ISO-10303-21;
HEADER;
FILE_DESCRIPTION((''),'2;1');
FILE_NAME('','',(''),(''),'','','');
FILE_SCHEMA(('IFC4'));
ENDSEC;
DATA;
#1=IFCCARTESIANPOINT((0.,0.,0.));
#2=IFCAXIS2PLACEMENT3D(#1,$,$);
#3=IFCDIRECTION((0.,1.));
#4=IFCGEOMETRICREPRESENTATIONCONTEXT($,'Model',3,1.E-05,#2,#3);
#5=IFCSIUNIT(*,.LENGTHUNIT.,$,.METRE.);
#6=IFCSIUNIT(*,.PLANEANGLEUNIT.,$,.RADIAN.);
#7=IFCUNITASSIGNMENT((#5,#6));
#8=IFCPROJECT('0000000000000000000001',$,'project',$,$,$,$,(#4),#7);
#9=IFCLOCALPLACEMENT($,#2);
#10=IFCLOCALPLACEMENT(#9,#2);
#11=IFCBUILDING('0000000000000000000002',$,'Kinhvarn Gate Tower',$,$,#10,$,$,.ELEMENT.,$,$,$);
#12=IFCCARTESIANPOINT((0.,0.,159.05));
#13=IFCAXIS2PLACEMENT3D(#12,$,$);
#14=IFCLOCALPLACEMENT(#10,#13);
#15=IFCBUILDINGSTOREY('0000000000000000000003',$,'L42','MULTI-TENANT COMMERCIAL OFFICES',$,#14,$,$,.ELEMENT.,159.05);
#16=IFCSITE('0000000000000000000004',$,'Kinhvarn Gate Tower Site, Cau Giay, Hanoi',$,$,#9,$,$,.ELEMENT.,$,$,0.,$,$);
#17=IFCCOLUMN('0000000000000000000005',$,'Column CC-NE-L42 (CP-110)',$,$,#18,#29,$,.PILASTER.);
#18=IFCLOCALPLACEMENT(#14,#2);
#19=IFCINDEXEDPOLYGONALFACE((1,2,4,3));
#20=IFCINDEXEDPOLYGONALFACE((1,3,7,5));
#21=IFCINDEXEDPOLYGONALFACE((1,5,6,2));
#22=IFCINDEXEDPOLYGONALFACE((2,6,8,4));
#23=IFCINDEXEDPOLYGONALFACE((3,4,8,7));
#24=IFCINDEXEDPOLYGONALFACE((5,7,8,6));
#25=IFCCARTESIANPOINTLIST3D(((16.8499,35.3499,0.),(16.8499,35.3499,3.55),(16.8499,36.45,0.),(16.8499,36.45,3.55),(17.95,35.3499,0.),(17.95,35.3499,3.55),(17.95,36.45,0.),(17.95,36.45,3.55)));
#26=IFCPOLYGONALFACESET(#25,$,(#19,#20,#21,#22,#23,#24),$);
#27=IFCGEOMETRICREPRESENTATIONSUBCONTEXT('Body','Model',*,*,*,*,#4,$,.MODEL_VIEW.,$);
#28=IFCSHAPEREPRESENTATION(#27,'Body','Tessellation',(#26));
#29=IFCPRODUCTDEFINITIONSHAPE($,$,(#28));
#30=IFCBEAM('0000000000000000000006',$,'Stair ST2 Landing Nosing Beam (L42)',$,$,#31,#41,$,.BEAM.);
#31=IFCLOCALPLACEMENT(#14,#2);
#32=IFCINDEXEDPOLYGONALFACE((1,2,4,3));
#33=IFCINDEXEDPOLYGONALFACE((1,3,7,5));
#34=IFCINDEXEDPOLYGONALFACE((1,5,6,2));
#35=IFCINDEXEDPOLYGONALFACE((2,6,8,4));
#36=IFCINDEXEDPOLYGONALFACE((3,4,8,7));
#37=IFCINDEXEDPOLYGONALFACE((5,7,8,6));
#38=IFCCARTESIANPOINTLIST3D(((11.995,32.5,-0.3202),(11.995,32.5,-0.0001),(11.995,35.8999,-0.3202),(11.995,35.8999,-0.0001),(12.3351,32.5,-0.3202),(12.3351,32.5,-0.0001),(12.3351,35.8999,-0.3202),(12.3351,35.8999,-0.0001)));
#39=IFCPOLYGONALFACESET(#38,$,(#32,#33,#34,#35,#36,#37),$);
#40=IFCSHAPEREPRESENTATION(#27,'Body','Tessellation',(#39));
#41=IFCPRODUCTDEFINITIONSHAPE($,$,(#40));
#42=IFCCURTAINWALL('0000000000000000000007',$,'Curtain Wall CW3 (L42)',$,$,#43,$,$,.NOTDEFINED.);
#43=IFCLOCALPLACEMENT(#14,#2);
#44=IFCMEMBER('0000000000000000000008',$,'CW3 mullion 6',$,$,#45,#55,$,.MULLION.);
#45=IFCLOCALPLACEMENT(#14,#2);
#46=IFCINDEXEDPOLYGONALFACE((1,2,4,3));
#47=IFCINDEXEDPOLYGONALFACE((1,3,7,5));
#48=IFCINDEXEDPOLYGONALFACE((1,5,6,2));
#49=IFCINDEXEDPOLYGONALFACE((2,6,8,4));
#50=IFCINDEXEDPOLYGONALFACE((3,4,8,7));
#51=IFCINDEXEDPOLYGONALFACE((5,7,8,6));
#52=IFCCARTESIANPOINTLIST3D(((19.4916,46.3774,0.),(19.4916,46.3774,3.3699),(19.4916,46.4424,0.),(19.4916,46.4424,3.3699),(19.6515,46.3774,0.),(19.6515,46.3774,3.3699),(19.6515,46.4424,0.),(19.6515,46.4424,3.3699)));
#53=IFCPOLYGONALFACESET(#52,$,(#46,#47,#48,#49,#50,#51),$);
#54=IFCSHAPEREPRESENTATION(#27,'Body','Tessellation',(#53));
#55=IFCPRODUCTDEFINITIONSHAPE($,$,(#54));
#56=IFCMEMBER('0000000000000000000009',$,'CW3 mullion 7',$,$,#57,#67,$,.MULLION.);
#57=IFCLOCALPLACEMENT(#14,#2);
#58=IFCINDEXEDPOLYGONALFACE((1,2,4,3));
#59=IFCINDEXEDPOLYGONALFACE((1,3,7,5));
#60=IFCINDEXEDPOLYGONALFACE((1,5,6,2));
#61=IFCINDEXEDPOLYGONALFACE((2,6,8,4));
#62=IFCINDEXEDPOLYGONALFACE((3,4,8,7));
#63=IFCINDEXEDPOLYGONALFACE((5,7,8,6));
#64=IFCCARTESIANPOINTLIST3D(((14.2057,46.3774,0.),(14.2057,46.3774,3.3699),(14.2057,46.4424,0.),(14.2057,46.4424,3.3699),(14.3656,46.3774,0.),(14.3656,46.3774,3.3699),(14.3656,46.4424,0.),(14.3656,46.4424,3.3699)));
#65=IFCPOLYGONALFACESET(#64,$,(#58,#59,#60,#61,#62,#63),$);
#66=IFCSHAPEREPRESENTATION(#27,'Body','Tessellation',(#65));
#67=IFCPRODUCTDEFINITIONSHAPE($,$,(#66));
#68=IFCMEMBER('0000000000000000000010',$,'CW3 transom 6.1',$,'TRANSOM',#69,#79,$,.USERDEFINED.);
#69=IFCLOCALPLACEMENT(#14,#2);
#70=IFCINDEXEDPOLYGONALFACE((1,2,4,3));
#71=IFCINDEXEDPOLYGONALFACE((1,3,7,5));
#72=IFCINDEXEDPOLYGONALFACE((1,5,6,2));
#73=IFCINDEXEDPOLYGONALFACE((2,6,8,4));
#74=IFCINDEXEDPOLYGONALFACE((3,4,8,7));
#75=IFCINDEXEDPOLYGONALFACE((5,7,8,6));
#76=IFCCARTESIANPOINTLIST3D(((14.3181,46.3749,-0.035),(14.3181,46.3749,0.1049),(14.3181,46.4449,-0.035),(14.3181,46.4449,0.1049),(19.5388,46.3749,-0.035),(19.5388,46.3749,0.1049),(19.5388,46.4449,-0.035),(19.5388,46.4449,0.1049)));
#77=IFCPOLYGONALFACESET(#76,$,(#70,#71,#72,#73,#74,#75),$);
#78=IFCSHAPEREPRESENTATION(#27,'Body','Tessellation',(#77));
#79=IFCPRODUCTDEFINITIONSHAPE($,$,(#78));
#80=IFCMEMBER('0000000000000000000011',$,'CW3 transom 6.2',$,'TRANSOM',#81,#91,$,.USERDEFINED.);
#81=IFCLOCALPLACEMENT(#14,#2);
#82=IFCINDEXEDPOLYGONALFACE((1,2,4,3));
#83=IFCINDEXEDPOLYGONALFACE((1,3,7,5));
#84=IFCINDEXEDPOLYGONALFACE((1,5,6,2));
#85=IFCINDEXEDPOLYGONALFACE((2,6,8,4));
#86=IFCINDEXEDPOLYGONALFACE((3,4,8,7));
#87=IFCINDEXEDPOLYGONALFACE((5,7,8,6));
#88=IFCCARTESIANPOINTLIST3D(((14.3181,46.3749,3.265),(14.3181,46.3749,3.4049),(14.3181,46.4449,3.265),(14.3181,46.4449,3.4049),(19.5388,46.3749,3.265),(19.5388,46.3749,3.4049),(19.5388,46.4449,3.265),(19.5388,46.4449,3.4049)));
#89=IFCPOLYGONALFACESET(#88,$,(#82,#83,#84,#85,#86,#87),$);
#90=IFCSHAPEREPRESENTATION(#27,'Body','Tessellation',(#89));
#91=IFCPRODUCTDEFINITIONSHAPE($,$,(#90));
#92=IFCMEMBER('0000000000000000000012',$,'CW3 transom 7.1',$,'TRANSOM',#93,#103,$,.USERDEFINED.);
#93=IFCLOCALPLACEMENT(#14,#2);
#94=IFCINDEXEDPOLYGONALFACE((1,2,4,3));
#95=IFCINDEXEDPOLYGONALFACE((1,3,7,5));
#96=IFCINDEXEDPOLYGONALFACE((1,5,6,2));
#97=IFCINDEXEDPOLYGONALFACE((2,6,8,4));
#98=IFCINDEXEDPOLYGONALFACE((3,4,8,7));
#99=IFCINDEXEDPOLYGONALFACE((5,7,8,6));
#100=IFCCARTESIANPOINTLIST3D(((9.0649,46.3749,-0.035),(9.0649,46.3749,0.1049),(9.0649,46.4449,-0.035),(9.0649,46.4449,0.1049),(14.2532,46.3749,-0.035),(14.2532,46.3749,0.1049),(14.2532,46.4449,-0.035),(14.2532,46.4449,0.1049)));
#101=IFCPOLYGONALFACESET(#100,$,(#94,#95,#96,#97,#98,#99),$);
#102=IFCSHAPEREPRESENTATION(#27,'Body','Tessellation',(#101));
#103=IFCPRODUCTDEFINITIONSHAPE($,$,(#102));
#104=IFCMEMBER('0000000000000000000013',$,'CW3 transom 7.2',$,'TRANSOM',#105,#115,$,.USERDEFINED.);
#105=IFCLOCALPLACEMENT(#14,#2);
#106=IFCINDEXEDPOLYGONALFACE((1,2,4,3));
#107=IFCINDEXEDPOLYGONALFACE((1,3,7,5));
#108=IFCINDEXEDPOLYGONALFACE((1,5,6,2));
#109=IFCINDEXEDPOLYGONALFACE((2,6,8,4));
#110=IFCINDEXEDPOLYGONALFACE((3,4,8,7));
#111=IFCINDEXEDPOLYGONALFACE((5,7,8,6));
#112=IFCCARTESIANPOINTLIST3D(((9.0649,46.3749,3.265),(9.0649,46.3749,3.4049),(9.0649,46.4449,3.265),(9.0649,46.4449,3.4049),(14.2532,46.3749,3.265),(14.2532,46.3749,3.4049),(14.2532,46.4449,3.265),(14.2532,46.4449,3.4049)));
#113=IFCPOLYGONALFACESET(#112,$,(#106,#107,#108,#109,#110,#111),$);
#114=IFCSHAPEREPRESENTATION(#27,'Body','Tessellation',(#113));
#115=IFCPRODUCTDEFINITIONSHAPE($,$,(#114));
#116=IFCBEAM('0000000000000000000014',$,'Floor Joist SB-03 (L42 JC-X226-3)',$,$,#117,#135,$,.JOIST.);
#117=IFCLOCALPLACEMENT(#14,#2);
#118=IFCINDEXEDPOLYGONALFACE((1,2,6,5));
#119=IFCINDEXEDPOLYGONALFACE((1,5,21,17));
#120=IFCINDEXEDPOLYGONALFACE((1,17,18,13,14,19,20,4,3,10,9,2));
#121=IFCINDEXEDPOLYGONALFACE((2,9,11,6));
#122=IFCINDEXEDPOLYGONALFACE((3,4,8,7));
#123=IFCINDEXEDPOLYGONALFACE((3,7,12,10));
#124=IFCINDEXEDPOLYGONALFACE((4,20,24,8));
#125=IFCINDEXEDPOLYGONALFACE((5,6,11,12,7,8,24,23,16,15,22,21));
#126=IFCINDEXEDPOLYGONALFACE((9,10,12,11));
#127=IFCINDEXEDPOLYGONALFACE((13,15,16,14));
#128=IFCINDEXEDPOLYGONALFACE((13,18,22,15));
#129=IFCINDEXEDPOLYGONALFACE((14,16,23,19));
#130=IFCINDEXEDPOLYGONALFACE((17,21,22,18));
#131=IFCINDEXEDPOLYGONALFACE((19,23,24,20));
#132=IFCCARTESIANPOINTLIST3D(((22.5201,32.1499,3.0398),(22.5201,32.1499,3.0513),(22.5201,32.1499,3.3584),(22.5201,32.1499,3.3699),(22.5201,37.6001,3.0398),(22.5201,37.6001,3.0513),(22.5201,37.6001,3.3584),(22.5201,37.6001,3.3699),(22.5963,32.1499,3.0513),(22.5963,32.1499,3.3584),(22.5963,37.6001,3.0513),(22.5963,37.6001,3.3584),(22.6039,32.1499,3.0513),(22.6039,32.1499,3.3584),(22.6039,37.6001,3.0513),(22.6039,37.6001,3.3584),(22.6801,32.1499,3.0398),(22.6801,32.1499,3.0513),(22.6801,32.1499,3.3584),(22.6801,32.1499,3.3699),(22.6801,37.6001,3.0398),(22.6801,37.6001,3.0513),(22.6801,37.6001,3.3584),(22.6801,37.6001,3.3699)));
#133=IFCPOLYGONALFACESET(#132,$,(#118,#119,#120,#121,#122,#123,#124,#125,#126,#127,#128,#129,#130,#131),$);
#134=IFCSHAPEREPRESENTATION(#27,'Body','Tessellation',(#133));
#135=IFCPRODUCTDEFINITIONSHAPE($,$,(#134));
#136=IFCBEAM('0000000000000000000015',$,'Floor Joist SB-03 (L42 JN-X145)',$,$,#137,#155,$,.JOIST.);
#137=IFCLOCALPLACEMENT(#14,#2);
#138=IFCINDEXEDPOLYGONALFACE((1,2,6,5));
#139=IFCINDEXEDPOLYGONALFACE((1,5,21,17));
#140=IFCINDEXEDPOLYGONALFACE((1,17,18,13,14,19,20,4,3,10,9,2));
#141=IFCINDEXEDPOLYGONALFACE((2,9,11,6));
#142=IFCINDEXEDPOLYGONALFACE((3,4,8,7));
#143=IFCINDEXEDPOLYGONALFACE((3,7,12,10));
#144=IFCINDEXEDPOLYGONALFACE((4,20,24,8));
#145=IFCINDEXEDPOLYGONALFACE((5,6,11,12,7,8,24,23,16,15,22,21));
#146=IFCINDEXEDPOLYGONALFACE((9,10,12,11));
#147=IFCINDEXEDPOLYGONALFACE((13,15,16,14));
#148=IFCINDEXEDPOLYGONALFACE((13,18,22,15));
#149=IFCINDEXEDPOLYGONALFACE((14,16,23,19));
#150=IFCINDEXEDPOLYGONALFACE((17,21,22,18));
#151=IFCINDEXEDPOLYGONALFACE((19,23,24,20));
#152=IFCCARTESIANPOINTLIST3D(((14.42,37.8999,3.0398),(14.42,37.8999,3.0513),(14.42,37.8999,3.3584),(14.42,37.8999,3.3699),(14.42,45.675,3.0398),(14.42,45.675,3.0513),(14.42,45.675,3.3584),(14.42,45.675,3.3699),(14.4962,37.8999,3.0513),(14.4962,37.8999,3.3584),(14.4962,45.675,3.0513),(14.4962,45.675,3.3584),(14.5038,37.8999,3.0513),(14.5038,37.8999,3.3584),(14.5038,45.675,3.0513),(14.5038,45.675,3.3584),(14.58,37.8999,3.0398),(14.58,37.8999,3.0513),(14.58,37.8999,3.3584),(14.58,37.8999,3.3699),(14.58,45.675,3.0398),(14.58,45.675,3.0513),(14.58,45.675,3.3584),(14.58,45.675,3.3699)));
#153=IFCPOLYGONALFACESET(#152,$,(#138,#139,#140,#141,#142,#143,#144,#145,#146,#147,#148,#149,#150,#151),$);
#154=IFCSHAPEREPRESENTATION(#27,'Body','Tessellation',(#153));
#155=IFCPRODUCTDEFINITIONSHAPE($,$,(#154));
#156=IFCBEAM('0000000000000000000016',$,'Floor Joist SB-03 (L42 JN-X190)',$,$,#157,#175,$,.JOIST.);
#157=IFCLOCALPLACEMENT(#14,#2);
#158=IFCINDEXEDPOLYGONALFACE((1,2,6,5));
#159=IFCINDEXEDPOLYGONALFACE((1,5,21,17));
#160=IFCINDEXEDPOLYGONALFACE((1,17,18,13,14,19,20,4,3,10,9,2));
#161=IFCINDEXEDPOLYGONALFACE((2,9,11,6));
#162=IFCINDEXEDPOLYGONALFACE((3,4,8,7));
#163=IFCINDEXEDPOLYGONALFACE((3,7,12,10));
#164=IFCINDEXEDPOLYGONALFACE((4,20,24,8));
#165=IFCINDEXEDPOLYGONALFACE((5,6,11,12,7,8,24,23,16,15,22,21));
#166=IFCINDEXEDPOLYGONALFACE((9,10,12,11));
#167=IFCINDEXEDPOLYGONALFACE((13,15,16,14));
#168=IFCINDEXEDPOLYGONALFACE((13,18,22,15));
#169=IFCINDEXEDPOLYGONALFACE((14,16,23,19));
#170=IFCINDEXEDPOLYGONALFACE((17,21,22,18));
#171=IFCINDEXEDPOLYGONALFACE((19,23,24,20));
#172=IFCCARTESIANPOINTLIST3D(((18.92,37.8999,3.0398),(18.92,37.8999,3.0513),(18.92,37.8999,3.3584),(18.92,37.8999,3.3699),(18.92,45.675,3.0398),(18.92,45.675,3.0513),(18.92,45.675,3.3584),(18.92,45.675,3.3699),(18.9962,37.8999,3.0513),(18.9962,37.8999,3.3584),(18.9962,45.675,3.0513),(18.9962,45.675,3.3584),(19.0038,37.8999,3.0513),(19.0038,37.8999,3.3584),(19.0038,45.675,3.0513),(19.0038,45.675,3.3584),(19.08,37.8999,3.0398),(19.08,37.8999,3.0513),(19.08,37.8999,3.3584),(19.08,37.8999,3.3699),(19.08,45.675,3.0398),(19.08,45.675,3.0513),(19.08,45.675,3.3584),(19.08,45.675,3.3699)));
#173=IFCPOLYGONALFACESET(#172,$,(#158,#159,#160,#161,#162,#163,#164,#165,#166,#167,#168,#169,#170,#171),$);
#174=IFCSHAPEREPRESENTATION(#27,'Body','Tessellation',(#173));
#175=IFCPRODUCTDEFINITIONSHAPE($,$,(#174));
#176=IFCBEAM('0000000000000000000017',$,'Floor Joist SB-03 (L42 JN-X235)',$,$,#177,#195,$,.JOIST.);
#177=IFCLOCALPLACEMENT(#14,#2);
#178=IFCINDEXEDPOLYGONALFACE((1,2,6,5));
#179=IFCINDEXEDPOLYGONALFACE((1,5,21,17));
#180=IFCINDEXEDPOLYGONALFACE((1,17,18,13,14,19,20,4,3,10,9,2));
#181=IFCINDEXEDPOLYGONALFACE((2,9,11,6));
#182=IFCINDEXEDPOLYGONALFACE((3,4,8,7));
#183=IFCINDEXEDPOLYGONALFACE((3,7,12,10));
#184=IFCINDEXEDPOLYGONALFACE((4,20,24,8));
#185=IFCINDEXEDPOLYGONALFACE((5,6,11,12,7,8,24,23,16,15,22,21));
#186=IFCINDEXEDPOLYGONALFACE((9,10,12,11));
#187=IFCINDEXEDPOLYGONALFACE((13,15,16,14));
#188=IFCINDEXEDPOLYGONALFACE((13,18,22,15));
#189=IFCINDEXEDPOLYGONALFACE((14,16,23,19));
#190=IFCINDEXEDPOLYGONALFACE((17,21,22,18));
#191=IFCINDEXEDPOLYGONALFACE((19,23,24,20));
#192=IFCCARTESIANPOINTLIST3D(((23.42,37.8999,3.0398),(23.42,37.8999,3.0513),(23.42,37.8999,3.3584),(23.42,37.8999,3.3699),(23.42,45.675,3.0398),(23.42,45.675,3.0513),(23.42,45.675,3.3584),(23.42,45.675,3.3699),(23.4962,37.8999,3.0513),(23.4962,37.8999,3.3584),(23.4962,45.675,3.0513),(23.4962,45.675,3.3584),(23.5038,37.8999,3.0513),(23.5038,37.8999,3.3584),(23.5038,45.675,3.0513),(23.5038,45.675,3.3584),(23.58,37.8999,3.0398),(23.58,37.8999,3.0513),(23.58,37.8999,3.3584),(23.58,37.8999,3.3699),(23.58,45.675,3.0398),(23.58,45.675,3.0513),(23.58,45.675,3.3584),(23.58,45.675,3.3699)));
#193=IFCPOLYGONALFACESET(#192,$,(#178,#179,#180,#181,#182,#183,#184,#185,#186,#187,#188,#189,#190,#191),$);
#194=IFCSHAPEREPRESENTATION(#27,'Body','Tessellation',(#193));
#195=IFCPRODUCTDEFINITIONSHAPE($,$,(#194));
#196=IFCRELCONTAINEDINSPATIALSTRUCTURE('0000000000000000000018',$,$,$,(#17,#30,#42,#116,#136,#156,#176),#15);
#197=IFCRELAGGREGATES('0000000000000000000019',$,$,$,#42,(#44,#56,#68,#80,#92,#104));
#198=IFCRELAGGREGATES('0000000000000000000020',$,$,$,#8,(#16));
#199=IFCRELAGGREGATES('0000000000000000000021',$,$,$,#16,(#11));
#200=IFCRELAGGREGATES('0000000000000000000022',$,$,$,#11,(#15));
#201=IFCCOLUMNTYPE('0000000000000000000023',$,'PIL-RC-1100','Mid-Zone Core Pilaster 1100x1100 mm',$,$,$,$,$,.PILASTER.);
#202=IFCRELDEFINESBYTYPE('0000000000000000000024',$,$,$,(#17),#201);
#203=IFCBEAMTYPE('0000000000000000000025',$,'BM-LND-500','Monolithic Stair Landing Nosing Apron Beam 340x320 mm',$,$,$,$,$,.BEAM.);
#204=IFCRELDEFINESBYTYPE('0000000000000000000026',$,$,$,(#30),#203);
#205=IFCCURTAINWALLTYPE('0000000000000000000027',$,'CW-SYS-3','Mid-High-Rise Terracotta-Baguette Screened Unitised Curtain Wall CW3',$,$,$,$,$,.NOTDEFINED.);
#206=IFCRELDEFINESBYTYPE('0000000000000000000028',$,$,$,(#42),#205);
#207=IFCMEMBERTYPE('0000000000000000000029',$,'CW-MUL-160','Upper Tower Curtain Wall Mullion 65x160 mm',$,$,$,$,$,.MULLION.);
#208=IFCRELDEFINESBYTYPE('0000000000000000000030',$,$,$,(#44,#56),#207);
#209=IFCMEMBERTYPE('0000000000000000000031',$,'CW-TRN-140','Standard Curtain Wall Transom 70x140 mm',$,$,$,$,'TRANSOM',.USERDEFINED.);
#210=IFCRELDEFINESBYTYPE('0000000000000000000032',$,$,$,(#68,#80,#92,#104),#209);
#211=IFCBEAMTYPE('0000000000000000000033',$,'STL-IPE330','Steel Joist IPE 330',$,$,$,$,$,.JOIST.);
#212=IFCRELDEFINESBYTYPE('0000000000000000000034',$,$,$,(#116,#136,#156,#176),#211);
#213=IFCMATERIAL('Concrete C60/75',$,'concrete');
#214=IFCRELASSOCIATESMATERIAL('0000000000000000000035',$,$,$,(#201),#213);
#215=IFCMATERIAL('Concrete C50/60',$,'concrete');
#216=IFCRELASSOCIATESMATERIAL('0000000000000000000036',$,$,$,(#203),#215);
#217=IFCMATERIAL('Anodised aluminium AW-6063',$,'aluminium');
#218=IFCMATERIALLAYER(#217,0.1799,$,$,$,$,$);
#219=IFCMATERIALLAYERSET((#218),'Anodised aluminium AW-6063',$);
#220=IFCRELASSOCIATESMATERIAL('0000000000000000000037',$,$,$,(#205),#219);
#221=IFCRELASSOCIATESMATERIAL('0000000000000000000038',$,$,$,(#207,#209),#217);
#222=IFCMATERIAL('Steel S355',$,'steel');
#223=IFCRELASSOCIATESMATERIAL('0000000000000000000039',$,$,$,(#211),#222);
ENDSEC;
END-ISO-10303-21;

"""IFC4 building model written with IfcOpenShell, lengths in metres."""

from ifc_helpers import new_model, si_unit, direction, frame, origin, origin_2d, place, context, subcontext, project, spatial, rectangle, i_section, extrude, material, layer, layer_set, material_profile, profile_set, type_object, element, aggregate, save


model = new_model("IFC4")

# Units and contexts
model_context = context("Model", 3, precision=1e-05, world=origin(), true_north=direction((0.0, 1.0)))
body_context = subcontext(model_context, "Body", "Model", "MODEL_VIEW")
ifc_project = project(units=[si_unit("LENGTHUNIT", "METRE"), si_unit("PLANEANGLEUNIT", "RADIAN")], contexts=[model_context])

# Site, building, storey
site_placement = place(None, origin())
site = spatial("IfcSite", under=ifc_project, at=site_placement, Name="Kinhvarn Gate Tower Site, Cau Giay, Hanoi", CompositionType="ELEMENT", RefElevation=0.0)
building_placement = place(site_placement, origin())
building = spatial("IfcBuilding", under=site, at=building_placement, Name="Kinhvarn Gate Tower", CompositionType="ELEMENT")
storey_placement = place(building_placement, frame((0.0, 0.0, 159.05)))
storey = spatial("IfcBuildingStorey", under=building, at=storey_placement, Name="L42", Description="MULTI-TENANT COMMERCIAL OFFICES", CompositionType="ELEMENT", Elevation=159.05)

# Column
ifc_material_1 = material(Name="Concrete C60/75", Category="concrete")
ifc_material_profile_1 = material_profile(ifc_material_1, rectangle(XDim=1.1001, YDim=1.1001, at=origin_2d()), Name="RC 1100x1100")
ifc_profile_set_1 = profile_set([ifc_material_profile_1], Name="Concrete C60/75")
column_type = type_object("IfcColumnType", Name="PIL-RC-1100", Description="Mid-Zone Core Pilaster 1100x1100 mm", PredefinedType="PILASTER", material=ifc_profile_set_1)
column_placement = place(storey_placement, frame((17.3999, 35.8999, 0.0), z_axis=(0.0, 0.0, 1.0), x_axis=(1.0, 0.0, 0.0)))
element("IfcColumn", 1, at=column_placement, inside=storey, type_object=column_type, Name="Column CC-NE-L42 (CP-110)", PredefinedType="PILASTER", context=body_context, shape_type="SweptSolid", body=[
    extrude(rectangle(XDim=1.1001, YDim=1.1001, at=origin_2d()), origin(), (0.0, 0.0, 1.0), 3.55),
])

# Beam
ifc_material_2 = material(Name="Concrete C50/60", Category="concrete")
ifc_material_profile_2 = material_profile(ifc_material_2, rectangle(XDim=0.3401, YDim=0.3201, at=origin_2d()), Name="RC 340x320")
ifc_profile_set_2 = profile_set([ifc_material_profile_2], Name="Concrete C50/60")
beam_type_1 = type_object("IfcBeamType", Name="BM-LND-500", Description="Monolithic Stair Landing Nosing Apron Beam 340x320 mm", PredefinedType="BEAM", material=ifc_profile_set_2)
beam_1_placement = place(storey_placement, frame((12.165, 32.5, -0.1602), z_axis=(0.0, 1.0, 0.0), x_axis=(-1.0, 0.0, 0.0)))
element("IfcBeam", 2, at=beam_1_placement, inside=storey, type_object=beam_type_1, Name="Stair ST2 Landing Nosing Beam (L42)", PredefinedType="BEAM", context=body_context, shape_type="SweptSolid", body=[
    extrude(rectangle(XDim=0.3401, YDim=0.3201, at=origin_2d()), origin(), (0.0, 0.0, 1.0), 3.3999),
])

# Curtain wall, members
ifc_material_3 = material(Name="Anodised aluminium AW-6063", Category="aluminium")
ifc_layer_1 = layer(ifc_material_3, 0.1799)
ifc_layer_set_1 = layer_set([ifc_layer_1], Name="Anodised aluminium AW-6063")
curtain_wall_type = type_object("IfcCurtainWallType", Name="CW-SYS-3", Description="Mid-High-Rise Terracotta-Baguette Screened Unitised Curtain Wall CW3", PredefinedType="NOTDEFINED", material=ifc_layer_set_1)
curtain_wall_placement = place(storey_placement, origin())
curtain_wall = element("IfcCurtainWall", 3, at=curtain_wall_placement, inside=storey, type_object=curtain_wall_type, Name="Curtain Wall CW3 (L42)", PredefinedType="NOTDEFINED")
ifc_material_profile_3 = material_profile(ifc_material_3, rectangle(XDim=0.0649, YDim=0.1599, at=origin_2d()), Name="ALU 65x160")
ifc_profile_set_3 = profile_set([ifc_material_profile_3], Name="Anodised aluminium AW-6063")
member_type_1 = type_object("IfcMemberType", Name="CW-MUL-160", Description="Upper Tower Curtain Wall Mullion 65x160 mm", PredefinedType="MULLION", material=ifc_profile_set_3)
member_1_placement = place(storey_placement, frame((19.5715, 46.4099, 0.0), z_axis=(0.0, 0.0, 1.0), x_axis=(0.0, -1.0, 0.0)))
member_1 = element("IfcMember", 4, at=member_1_placement, type_object=member_type_1, Name="CW3 mullion 6", PredefinedType="MULLION", context=body_context, shape_type="SweptSolid", body=[
    extrude(rectangle(XDim=0.0649, YDim=0.1599, at=origin_2d()), origin(), (0.0, 0.0, 1.0), 3.3699),
])
member_2_placement = place(storey_placement, frame((14.2856, 46.4099, 0.0), z_axis=(0.0, 0.0, 1.0), x_axis=(0.0, -1.0, 0.0)))
member_2 = element("IfcMember", 5, at=member_2_placement, type_object=member_type_1, Name="CW3 mullion 7", PredefinedType="MULLION", context=body_context, shape_type="SweptSolid", body=[
    extrude(rectangle(XDim=0.0649, YDim=0.1599, at=origin_2d()), origin(), (0.0, 0.0, 1.0), 3.3699),
])
ifc_material_profile_4 = material_profile(ifc_material_3, rectangle(XDim=0.0701, YDim=0.1399, at=origin_2d()), Name="ALU 70x140")
ifc_profile_set_4 = profile_set([ifc_material_profile_4], Name="Anodised aluminium AW-6063")
member_type_2 = type_object("IfcMemberType", Name="CW-TRN-140", Description="Standard Curtain Wall Transom 70x140 mm", ElementType="TRANSOM", PredefinedType="USERDEFINED", material=ifc_profile_set_4)
member_3_placement = place(storey_placement, frame((19.5388, 46.4099, 0.0349), z_axis=(-1.0, 0.0, 0.0), x_axis=(0.0, -1.0, 0.0)))
member_3 = element("IfcMember", 6, at=member_3_placement, type_object=member_type_2, Name="CW3 transom 6.1", ObjectType="TRANSOM", PredefinedType="USERDEFINED", context=body_context, shape_type="SweptSolid", body=[
    extrude(rectangle(XDim=0.0701, YDim=0.1399, at=origin_2d()), origin(), (0.0, 0.0, 1.0), 5.2207),
])
member_4_placement = place(storey_placement, frame((19.5388, 46.4099, 3.335), z_axis=(-1.0, 0.0, 0.0), x_axis=(0.0, -1.0, 0.0)))
member_4 = element("IfcMember", 7, at=member_4_placement, type_object=member_type_2, Name="CW3 transom 6.2", ObjectType="TRANSOM", PredefinedType="USERDEFINED", context=body_context, shape_type="SweptSolid", body=[
    extrude(rectangle(XDim=0.0701, YDim=0.1399, at=origin_2d()), origin(), (0.0, 0.0, 1.0), 5.2207),
])
member_5_placement = place(storey_placement, frame((14.2532, 46.4099, 0.0349), z_axis=(-1.0, 0.0, 0.0), x_axis=(0.0, -1.0, 0.0)))
member_5 = element("IfcMember", 8, at=member_5_placement, type_object=member_type_2, Name="CW3 transom 7.1", ObjectType="TRANSOM", PredefinedType="USERDEFINED", context=body_context, shape_type="SweptSolid", body=[
    extrude(rectangle(XDim=0.0701, YDim=0.1399, at=origin_2d()), origin(), (0.0, 0.0, 1.0), 5.1882),
])
member_6_placement = place(storey_placement, frame((14.2532, 46.4099, 3.335), z_axis=(-1.0, 0.0, 0.0), x_axis=(0.0, -1.0, 0.0)))
member_6 = element("IfcMember", 9, at=member_6_placement, type_object=member_type_2, Name="CW3 transom 7.2", ObjectType="TRANSOM", PredefinedType="USERDEFINED", context=body_context, shape_type="SweptSolid", body=[
    extrude(rectangle(XDim=0.0701, YDim=0.1399, at=origin_2d()), origin(), (0.0, 0.0, 1.0), 5.1882),
])

# Beams
ifc_material_4 = material(Name="Steel S355", Category="steel")
ifc_material_profile_5 = material_profile(ifc_material_4, i_section(OverallWidth=0.1599, OverallDepth=0.3301, WebThickness=0.0076, FlangeThickness=0.0115, at=origin_2d()), Name="IPE 330")
ifc_profile_set_5 = profile_set([ifc_material_profile_5], Name="Steel S355")
beam_type_2 = type_object("IfcBeamType", Name="STL-IPE330", Description="Steel Joist IPE 330", PredefinedType="JOIST", material=ifc_profile_set_5)
beam_2_placement = place(storey_placement, frame((22.6001, 32.1499, 3.2048), z_axis=(0.0, 1.0, 0.0), x_axis=(-1.0, 0.0, 0.0)))
element("IfcBeam", 10, at=beam_2_placement, inside=storey, type_object=beam_type_2, Name="Floor Joist SB-03 (L42 JC-X226-3)", PredefinedType="JOIST", context=body_context, shape_type="SweptSolid", body=[
    extrude(i_section(OverallWidth=0.1599, OverallDepth=0.3301, WebThickness=0.0076, FlangeThickness=0.0115, at=origin_2d()), origin(), (0.0, 0.0, 1.0), 5.4502),
])
for number, where, z_axis, x_axis, name in (
    (11, (14.5, 37.8999, 3.2048), (0.0, 1.0, 0.0), (-1.0, 0.0, 0.0), "Floor Joist SB-03 (L42 JN-X145)"),
    (12, (19.0, 37.8999, 3.2048), (0.0, 1.0, 0.0), (-1.0, 0.0, 0.0), "Floor Joist SB-03 (L42 JN-X190)"),
    (13, (23.5, 37.8999, 3.2048), (0.0, 1.0, 0.0), (-1.0, 0.0, 0.0), "Floor Joist SB-03 (L42 JN-X235)"),
):
    element("IfcBeam", number, at=place(storey_placement, frame(where, z_axis=z_axis, x_axis=x_axis)), inside=storey, type_object=beam_type_2, Name=name, PredefinedType="JOIST", context=body_context, shape_type="SweptSolid", body=[
        extrude(i_section(OverallWidth=0.1599, OverallDepth=0.3301, WebThickness=0.0076, FlangeThickness=0.0115, at=origin_2d()), origin(), (0.0, 0.0, 1.0), 7.7751),
    ])

aggregate(curtain_wall, [member_1, member_2, member_3, member_4, member_5, member_6])

save(model, "model.ifc")
